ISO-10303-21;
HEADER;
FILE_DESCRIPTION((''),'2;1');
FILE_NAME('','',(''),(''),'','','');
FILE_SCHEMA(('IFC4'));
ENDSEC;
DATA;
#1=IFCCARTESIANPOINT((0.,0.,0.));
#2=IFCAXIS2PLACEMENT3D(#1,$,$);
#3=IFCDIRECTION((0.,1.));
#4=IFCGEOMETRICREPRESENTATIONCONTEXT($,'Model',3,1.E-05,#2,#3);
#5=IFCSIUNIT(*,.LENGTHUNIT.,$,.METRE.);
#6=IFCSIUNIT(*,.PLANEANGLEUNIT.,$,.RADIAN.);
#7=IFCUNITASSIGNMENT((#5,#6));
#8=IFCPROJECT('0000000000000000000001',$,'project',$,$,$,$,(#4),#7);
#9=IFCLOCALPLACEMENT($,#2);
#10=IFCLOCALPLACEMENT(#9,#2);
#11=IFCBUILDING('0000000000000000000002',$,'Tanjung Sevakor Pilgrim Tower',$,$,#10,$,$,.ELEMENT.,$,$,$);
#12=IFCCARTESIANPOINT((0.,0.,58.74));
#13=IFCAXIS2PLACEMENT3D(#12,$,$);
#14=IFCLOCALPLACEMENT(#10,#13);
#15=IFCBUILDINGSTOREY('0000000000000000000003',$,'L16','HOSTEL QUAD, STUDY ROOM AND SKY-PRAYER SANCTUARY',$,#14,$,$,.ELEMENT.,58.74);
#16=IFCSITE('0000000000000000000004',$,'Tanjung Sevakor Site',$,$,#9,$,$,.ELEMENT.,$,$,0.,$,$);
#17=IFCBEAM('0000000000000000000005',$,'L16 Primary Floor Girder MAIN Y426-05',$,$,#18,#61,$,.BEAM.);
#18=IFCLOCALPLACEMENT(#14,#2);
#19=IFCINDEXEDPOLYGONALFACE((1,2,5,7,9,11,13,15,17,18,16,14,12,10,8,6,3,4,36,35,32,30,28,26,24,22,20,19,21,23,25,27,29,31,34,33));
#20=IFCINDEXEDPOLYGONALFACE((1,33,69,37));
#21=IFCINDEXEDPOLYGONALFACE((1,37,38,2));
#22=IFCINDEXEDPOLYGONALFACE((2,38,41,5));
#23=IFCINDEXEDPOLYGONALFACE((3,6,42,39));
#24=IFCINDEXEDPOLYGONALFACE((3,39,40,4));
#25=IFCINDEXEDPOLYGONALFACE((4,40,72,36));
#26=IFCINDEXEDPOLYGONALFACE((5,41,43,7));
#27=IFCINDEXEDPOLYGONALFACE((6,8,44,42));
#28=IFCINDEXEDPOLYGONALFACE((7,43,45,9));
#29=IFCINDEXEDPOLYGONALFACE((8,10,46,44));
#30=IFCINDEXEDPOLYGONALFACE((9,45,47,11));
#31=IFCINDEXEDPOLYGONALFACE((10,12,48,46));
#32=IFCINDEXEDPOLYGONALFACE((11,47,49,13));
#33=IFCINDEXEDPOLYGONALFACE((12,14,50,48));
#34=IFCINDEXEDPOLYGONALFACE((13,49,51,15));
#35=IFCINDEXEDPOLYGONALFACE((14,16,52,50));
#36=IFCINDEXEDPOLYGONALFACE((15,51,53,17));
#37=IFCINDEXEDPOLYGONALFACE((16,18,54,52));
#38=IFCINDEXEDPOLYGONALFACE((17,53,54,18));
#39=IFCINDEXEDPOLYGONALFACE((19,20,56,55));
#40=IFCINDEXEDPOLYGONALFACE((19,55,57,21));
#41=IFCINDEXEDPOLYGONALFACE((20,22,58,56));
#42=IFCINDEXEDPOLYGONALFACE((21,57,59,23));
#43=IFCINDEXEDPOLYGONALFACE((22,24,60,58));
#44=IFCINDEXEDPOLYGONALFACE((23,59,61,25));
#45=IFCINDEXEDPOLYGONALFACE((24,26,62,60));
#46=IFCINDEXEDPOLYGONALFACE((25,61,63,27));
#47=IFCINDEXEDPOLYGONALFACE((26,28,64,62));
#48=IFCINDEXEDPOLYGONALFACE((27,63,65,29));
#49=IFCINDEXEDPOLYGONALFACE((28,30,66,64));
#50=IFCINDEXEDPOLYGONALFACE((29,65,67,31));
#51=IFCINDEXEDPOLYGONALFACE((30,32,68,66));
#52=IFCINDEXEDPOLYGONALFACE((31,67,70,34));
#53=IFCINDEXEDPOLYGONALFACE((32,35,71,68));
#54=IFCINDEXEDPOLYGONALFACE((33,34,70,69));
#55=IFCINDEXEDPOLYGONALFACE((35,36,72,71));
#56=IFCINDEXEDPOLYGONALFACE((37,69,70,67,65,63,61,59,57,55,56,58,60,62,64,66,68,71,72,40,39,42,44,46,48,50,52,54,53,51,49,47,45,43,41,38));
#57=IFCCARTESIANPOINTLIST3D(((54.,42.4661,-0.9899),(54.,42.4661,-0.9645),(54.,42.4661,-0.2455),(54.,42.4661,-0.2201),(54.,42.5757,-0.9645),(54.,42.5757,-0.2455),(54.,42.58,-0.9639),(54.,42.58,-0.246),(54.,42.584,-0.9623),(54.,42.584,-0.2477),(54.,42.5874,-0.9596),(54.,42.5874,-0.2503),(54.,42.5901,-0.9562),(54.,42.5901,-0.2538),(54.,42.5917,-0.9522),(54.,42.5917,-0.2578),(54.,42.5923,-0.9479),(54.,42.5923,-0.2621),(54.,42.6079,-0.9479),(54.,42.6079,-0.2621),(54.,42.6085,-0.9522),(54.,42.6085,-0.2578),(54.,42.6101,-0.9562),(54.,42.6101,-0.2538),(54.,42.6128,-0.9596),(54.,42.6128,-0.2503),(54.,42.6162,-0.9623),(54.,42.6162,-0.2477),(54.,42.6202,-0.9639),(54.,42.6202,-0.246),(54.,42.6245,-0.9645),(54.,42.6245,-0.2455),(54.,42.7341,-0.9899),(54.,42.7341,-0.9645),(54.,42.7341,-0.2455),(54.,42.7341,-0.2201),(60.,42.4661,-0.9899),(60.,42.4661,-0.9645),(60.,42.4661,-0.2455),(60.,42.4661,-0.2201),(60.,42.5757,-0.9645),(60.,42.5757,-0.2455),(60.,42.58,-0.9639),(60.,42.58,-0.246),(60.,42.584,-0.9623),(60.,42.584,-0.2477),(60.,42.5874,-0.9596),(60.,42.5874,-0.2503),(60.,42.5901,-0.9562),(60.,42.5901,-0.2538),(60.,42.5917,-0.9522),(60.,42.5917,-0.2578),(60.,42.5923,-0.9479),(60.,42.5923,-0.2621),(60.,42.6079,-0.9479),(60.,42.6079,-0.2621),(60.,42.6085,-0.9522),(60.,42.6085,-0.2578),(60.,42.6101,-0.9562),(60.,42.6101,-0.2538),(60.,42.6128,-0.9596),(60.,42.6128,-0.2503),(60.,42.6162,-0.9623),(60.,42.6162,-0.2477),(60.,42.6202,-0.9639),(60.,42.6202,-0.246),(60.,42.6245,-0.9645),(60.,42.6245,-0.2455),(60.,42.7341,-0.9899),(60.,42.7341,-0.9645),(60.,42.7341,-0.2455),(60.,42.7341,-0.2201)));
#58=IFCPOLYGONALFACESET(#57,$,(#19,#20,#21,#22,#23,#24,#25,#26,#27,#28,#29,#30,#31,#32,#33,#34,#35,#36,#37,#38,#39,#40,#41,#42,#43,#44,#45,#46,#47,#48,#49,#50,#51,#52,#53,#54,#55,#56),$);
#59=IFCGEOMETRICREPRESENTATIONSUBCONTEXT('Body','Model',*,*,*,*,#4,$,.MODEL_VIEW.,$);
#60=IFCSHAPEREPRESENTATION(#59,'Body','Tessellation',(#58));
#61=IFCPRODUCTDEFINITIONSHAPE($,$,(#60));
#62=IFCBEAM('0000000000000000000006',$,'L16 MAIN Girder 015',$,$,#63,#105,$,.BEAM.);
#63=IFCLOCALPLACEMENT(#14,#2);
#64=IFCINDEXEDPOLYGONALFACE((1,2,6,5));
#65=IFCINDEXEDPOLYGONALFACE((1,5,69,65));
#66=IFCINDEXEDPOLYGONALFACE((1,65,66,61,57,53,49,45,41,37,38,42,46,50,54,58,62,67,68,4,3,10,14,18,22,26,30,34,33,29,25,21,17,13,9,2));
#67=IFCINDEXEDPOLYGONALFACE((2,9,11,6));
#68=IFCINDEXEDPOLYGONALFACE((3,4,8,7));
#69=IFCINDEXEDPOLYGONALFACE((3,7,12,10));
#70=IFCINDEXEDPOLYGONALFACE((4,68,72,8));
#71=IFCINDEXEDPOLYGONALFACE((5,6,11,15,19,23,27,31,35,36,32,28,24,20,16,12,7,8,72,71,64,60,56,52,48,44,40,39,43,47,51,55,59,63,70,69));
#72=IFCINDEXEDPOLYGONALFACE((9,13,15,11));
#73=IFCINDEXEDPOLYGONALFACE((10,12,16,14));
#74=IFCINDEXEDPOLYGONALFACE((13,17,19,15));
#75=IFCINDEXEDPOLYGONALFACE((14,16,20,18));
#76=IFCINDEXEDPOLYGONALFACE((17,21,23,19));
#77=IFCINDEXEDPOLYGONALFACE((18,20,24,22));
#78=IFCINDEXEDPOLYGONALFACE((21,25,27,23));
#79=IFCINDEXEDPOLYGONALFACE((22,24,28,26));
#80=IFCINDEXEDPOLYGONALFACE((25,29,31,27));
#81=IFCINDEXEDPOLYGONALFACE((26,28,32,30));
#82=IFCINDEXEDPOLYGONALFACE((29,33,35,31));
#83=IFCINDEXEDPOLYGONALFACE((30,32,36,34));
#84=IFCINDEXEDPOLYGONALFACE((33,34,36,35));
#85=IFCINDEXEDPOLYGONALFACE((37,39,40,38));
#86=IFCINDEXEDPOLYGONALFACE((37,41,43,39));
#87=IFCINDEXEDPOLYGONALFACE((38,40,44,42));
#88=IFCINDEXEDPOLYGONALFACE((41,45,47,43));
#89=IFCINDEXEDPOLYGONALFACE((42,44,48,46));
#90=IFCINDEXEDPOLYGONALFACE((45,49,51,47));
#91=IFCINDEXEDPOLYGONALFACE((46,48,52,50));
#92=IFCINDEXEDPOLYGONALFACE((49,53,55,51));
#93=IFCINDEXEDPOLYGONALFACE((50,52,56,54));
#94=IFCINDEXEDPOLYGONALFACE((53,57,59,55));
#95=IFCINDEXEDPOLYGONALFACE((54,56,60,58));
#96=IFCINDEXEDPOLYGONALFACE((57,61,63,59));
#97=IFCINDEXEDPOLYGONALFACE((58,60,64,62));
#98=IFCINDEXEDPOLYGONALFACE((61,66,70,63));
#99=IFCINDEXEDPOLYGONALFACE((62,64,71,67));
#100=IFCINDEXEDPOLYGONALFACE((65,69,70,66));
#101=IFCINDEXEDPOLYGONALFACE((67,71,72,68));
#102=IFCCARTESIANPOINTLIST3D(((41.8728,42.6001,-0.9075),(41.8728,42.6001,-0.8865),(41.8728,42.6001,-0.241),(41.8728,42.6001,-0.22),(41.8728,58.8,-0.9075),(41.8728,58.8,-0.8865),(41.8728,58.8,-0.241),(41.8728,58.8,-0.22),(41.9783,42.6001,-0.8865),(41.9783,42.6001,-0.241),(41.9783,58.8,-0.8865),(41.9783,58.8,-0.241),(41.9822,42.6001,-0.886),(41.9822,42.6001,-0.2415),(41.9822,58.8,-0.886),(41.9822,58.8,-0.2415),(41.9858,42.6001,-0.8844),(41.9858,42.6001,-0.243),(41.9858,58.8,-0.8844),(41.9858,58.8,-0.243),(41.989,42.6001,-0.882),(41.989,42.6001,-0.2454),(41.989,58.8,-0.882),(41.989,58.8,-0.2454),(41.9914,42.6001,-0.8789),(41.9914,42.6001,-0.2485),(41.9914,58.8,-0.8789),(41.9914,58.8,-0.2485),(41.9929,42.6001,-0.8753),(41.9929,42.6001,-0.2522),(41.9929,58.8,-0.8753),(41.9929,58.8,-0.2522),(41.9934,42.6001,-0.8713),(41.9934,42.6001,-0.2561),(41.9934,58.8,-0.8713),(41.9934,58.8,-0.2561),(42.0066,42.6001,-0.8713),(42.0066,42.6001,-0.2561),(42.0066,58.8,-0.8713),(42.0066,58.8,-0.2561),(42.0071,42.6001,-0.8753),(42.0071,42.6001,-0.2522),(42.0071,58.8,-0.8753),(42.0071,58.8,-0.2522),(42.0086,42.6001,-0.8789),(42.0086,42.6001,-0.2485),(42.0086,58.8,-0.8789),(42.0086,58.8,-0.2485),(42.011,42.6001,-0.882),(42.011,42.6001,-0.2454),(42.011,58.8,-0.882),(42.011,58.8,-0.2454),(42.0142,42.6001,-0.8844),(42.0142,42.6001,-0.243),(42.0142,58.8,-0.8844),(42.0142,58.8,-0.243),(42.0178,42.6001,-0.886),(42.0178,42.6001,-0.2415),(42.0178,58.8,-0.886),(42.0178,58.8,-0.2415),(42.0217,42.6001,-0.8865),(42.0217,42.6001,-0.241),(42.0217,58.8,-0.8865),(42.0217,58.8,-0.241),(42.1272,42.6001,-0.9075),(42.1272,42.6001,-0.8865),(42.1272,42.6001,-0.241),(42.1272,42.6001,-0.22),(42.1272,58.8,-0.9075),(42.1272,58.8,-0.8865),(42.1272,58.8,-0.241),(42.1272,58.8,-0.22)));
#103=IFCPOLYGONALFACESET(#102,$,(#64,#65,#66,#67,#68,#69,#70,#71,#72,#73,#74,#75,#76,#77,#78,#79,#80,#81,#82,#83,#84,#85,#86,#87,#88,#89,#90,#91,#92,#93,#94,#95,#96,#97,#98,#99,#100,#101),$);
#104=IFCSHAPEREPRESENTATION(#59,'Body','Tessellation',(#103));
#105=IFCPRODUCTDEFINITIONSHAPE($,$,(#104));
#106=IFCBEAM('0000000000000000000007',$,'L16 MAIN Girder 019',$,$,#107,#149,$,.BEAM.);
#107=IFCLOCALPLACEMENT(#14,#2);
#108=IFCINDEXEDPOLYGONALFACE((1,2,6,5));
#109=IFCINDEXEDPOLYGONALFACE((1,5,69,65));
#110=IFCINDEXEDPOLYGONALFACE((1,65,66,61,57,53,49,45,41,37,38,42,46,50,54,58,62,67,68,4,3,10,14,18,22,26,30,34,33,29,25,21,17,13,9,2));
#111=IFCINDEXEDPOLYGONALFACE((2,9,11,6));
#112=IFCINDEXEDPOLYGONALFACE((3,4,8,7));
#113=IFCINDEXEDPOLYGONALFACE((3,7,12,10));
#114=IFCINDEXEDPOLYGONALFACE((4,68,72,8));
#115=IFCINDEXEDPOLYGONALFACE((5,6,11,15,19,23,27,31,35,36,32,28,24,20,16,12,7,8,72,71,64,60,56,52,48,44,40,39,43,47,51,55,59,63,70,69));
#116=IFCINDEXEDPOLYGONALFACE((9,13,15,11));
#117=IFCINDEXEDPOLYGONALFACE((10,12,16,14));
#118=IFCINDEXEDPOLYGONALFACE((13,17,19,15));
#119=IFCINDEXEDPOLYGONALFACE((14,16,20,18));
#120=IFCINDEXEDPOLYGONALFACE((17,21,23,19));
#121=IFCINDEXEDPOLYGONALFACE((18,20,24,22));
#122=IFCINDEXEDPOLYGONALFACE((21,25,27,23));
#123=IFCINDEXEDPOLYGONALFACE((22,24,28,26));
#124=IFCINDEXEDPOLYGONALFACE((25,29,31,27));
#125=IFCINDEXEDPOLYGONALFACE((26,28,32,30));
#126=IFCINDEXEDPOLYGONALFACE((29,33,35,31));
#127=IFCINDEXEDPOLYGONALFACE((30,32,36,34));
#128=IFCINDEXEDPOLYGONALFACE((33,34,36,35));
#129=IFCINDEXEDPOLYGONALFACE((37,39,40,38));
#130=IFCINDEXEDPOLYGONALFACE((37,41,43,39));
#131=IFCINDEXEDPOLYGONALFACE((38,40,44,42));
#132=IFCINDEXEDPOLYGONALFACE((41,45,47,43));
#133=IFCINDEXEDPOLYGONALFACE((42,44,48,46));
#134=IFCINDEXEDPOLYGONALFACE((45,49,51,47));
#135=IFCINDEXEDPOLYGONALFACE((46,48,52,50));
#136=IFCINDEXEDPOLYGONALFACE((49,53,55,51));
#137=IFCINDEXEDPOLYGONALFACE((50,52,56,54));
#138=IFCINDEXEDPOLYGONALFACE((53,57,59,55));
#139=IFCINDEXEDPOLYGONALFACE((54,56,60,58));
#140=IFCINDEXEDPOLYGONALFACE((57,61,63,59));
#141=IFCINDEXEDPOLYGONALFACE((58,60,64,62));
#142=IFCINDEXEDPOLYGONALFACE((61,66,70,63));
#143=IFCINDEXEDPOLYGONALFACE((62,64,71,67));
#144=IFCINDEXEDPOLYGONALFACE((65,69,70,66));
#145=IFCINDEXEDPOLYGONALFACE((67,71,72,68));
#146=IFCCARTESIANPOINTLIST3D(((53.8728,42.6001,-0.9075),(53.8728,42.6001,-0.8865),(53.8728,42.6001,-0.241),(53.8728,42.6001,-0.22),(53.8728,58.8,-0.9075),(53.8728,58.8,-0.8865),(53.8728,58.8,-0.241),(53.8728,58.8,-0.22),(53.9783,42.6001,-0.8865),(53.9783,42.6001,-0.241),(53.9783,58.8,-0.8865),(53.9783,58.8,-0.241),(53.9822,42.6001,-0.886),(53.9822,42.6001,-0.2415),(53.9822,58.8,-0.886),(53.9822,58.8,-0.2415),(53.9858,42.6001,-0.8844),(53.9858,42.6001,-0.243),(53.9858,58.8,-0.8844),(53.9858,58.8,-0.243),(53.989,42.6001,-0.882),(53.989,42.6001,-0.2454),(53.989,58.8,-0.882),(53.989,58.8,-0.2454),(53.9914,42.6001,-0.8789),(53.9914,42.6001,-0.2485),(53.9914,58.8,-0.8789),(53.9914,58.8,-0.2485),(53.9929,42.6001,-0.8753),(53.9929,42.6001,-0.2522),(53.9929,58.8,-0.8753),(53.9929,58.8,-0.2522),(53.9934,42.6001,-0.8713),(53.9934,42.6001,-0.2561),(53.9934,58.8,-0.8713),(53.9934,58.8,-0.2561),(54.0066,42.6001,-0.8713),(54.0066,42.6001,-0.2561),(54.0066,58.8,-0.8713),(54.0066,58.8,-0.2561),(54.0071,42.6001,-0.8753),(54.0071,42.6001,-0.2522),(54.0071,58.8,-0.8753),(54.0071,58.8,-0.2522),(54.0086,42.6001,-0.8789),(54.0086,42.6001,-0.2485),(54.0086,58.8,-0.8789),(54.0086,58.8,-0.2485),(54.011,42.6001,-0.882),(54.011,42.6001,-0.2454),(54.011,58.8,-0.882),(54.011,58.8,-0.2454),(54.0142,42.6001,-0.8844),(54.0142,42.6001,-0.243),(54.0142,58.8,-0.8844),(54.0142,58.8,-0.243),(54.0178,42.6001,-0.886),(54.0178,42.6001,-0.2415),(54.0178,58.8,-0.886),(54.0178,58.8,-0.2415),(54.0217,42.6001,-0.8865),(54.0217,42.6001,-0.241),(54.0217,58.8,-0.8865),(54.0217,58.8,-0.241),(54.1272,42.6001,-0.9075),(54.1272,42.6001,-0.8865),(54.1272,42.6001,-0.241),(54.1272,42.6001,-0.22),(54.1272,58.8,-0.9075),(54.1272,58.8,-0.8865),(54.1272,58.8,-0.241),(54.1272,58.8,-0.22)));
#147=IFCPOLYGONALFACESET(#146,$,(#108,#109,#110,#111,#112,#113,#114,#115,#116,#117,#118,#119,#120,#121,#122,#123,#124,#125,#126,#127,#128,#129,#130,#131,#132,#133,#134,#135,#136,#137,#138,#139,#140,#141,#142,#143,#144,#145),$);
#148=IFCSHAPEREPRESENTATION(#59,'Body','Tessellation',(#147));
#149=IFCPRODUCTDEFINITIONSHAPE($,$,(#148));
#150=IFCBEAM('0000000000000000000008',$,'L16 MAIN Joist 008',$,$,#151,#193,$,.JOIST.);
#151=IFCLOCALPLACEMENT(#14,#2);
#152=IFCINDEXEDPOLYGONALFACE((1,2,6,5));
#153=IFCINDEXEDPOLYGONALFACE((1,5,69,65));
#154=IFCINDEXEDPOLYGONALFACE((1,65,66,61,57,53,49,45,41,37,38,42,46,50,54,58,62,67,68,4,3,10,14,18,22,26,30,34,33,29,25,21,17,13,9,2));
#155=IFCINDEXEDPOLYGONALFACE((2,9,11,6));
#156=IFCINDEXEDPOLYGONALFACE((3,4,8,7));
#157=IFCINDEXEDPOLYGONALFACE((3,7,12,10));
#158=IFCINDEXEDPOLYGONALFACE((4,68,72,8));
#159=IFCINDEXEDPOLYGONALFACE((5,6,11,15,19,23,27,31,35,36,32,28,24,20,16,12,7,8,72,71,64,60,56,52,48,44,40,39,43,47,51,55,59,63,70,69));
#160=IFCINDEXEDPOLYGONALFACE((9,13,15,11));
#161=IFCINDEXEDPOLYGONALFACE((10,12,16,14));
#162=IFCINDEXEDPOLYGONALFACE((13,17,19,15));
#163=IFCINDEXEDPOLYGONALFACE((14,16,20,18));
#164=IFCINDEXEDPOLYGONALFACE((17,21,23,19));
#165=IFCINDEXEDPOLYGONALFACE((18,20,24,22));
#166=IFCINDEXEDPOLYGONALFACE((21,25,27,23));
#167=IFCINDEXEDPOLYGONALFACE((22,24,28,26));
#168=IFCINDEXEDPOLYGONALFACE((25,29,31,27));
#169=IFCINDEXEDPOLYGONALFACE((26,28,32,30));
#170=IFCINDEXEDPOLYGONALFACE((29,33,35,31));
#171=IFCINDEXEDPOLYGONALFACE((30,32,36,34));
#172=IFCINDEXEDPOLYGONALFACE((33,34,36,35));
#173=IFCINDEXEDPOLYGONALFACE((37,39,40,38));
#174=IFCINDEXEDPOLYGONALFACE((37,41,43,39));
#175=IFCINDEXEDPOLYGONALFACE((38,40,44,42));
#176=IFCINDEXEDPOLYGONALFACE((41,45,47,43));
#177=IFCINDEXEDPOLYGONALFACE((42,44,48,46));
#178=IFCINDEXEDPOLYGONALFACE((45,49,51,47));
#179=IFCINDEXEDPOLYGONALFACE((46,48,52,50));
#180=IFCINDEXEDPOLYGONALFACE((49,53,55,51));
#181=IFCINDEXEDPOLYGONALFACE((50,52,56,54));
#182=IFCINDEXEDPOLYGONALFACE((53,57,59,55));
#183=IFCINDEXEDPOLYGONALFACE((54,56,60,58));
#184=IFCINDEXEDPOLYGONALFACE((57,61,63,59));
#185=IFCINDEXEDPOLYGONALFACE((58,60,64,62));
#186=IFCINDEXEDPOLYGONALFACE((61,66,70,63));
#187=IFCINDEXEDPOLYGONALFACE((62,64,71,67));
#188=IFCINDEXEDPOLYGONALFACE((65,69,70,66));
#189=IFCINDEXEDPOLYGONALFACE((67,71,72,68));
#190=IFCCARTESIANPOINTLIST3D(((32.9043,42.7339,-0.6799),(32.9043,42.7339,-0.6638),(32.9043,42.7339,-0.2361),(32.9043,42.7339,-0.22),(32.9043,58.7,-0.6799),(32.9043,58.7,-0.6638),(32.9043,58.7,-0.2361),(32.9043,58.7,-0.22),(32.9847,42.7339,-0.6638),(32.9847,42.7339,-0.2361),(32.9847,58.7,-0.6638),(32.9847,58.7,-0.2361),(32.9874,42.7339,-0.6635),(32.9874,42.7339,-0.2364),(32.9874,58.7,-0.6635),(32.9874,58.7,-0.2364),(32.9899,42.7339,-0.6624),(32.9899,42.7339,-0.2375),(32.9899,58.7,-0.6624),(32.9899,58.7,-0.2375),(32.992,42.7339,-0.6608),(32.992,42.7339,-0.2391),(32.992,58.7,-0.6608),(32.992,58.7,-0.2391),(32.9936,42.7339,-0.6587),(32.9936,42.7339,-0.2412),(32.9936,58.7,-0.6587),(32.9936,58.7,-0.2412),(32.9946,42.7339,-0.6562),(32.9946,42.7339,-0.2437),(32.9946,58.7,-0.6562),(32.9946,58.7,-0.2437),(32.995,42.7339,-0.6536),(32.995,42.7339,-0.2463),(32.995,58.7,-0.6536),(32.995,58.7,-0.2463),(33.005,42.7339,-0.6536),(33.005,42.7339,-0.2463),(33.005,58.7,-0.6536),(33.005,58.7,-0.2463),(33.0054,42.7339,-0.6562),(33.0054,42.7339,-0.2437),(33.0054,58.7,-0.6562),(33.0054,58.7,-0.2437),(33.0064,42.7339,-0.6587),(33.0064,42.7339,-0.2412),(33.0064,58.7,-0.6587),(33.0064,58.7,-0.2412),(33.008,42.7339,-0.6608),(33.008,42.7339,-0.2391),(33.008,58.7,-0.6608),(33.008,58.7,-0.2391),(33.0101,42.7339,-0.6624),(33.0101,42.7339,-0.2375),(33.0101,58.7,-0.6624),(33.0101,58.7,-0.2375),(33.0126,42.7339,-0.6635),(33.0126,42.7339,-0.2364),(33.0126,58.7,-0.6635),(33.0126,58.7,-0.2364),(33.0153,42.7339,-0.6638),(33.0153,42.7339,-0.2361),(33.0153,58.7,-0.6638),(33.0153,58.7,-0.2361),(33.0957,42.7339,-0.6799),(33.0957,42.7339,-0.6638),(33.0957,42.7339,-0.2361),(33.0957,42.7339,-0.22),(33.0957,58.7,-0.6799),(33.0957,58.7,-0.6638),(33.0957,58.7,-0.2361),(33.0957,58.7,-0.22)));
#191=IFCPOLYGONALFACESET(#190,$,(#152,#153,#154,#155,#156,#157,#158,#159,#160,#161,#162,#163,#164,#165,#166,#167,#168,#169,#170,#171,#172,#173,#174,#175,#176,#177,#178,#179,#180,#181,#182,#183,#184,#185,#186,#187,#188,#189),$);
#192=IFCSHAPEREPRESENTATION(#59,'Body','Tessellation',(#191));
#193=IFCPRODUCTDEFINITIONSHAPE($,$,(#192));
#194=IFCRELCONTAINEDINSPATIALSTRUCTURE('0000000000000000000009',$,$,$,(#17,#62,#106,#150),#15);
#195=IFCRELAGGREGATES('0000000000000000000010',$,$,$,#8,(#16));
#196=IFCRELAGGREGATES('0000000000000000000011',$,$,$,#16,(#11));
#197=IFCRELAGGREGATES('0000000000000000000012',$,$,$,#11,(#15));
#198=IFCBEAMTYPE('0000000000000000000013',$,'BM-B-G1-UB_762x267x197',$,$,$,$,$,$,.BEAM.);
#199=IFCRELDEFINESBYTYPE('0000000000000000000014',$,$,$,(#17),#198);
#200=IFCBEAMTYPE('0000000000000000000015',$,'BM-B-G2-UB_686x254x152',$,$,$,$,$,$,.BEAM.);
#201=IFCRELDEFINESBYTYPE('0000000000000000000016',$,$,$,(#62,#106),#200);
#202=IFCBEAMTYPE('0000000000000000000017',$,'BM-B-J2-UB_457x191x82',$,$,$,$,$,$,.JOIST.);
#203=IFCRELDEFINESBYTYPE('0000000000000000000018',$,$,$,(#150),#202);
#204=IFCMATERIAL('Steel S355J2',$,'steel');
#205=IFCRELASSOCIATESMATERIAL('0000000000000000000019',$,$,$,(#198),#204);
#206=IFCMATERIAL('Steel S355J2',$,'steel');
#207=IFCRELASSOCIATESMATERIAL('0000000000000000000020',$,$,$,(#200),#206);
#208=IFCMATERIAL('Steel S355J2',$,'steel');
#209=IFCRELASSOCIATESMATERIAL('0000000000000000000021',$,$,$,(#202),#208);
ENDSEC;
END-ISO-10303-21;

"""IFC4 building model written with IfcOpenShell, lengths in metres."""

from ifc_helpers import new_model, si_unit, direction, frame, origin, origin_2d, place, context, subcontext, project, spatial, i_section, extrude, material, material_profile, profile_set, type_object, element, save


model = new_model("IFC4")

# Units and contexts
model_context = context("Model", 3, precision=1e-05, world=origin(), true_north=direction((0.0, 1.0)))
body_context = subcontext(model_context, "Body", "Model", "MODEL_VIEW")
ifc_project = project(units=[si_unit("LENGTHUNIT", "METRE"), si_unit("PLANEANGLEUNIT", "RADIAN")], contexts=[model_context])

# Site, building, storey
site_placement = place(None, origin())
site = spatial("IfcSite", under=ifc_project, at=site_placement, Name="Tanjung Sevakor Site", CompositionType="ELEMENT", RefElevation=0.0)
building_placement = place(site_placement, origin())
building = spatial("IfcBuilding", under=site, at=building_placement, Name="Tanjung Sevakor Pilgrim Tower", CompositionType="ELEMENT")
storey_placement = place(building_placement, frame((0.0, 0.0, 58.74)))
storey = spatial("IfcBuildingStorey", under=building, at=storey_placement, Name="L16", Description="HOSTEL QUAD, STUDY ROOM AND SKY-PRAYER SANCTUARY", CompositionType="ELEMENT", Elevation=58.74)

# Beams
ifc_material_1 = material(Name="Steel S355J2", Category="steel")
ifc_material_profile_1 = material_profile(ifc_material_1, i_section(OverallWidth=0.2681, OverallDepth=0.7698, WebThickness=0.0156, FlangeThickness=0.0254, FilletRadius=0.0166, at=origin_2d()))
ifc_profile_set_1 = profile_set([ifc_material_profile_1], Name="Steel S355J2")
beam_type_1 = type_object("IfcBeamType", Name="BM-B-G1-UB_762x267x197", PredefinedType="BEAM", material=ifc_profile_set_1)
for number, where, z_axis, x_axis, name in (
    (1, (54.0, 42.6001, -0.605), (1.0, 0.0, 0.0), (0.0, 1.0, 0.0), "L16 Primary Floor Girder MAIN Y426-05"),
):
    element("IfcBeam", number, at=place(storey_placement, frame(where, z_axis=z_axis, x_axis=x_axis)), inside=storey, type_object=beam_type_1, Name=name, PredefinedType="BEAM", context=body_context, shape_type="SweptSolid", body=[
        extrude(i_section(OverallWidth=0.2681, OverallDepth=0.7698, WebThickness=0.0156, FlangeThickness=0.0254, FilletRadius=0.0166, at=origin_2d()), origin(), (0.0, 0.0, 1.0), 6.0),
    ])
ifc_material_2 = material(Name="Steel S355J2", Category="steel")
ifc_material_profile_2 = material_profile(ifc_material_2, i_section(OverallWidth=0.2544, OverallDepth=0.6875, WebThickness=0.0132, FlangeThickness=0.021, FilletRadius=0.0151, at=origin_2d()))
ifc_profile_set_2 = profile_set([ifc_material_profile_2], Name="Steel S355J2")
beam_type_2 = type_object("IfcBeamType", Name="BM-B-G2-UB_686x254x152", PredefinedType="BEAM", material=ifc_profile_set_2)
for number, where, z_axis, x_axis, name in (
    (2, (42.0, 42.6001, -0.5637), (0.0, 1.0, 0.0), (-1.0, 0.0, 0.0), "L16 MAIN Girder 015"),
    (3, (54.0, 42.6001, -0.5637), (0.0, 1.0, 0.0), (-1.0, 0.0, 0.0), "L16 MAIN Girder 019"),
):
    element("IfcBeam", number, at=place(storey_placement, frame(where, z_axis=z_axis, x_axis=x_axis)), inside=storey, type_object=beam_type_2, Name=name, PredefinedType="BEAM", context=body_context, shape_type="SweptSolid", body=[
        extrude(i_section(OverallWidth=0.2544, OverallDepth=0.6875, WebThickness=0.0132, FlangeThickness=0.021, FilletRadius=0.0151, at=origin_2d()), origin(), (0.0, 0.0, 1.0), 16.2),
    ])
ifc_material_3 = material(Name="Steel S355J2", Category="steel")
ifc_material_profile_3 = material_profile(ifc_material_3, i_section(OverallWidth=0.1914, OverallDepth=0.46, WebThickness=0.01, FlangeThickness=0.0161, FilletRadius=0.0103, at=origin_2d()))
ifc_profile_set_3 = profile_set([ifc_material_profile_3], Name="Steel S355J2")
beam_type_3 = type_object("IfcBeamType", Name="BM-B-J2-UB_457x191x82", PredefinedType="JOIST", material=ifc_profile_set_3)
beam_1_placement = place(storey_placement, frame((33.0, 42.7339, -0.45), z_axis=(0.0, 1.0, 0.0), x_axis=(-1.0, 0.0, 0.0)))
element("IfcBeam", 4, at=beam_1_placement, inside=storey, type_object=beam_type_3, Name="L16 MAIN Joist 008", PredefinedType="JOIST", context=body_context, shape_type="SweptSolid", body=[
    extrude(i_section(OverallWidth=0.1914, OverallDepth=0.46, WebThickness=0.01, FlangeThickness=0.0161, FilletRadius=0.0103, at=origin_2d()), origin(), (0.0, 0.0, 1.0), 15.9661),
])

save(model, "model.ifc")
